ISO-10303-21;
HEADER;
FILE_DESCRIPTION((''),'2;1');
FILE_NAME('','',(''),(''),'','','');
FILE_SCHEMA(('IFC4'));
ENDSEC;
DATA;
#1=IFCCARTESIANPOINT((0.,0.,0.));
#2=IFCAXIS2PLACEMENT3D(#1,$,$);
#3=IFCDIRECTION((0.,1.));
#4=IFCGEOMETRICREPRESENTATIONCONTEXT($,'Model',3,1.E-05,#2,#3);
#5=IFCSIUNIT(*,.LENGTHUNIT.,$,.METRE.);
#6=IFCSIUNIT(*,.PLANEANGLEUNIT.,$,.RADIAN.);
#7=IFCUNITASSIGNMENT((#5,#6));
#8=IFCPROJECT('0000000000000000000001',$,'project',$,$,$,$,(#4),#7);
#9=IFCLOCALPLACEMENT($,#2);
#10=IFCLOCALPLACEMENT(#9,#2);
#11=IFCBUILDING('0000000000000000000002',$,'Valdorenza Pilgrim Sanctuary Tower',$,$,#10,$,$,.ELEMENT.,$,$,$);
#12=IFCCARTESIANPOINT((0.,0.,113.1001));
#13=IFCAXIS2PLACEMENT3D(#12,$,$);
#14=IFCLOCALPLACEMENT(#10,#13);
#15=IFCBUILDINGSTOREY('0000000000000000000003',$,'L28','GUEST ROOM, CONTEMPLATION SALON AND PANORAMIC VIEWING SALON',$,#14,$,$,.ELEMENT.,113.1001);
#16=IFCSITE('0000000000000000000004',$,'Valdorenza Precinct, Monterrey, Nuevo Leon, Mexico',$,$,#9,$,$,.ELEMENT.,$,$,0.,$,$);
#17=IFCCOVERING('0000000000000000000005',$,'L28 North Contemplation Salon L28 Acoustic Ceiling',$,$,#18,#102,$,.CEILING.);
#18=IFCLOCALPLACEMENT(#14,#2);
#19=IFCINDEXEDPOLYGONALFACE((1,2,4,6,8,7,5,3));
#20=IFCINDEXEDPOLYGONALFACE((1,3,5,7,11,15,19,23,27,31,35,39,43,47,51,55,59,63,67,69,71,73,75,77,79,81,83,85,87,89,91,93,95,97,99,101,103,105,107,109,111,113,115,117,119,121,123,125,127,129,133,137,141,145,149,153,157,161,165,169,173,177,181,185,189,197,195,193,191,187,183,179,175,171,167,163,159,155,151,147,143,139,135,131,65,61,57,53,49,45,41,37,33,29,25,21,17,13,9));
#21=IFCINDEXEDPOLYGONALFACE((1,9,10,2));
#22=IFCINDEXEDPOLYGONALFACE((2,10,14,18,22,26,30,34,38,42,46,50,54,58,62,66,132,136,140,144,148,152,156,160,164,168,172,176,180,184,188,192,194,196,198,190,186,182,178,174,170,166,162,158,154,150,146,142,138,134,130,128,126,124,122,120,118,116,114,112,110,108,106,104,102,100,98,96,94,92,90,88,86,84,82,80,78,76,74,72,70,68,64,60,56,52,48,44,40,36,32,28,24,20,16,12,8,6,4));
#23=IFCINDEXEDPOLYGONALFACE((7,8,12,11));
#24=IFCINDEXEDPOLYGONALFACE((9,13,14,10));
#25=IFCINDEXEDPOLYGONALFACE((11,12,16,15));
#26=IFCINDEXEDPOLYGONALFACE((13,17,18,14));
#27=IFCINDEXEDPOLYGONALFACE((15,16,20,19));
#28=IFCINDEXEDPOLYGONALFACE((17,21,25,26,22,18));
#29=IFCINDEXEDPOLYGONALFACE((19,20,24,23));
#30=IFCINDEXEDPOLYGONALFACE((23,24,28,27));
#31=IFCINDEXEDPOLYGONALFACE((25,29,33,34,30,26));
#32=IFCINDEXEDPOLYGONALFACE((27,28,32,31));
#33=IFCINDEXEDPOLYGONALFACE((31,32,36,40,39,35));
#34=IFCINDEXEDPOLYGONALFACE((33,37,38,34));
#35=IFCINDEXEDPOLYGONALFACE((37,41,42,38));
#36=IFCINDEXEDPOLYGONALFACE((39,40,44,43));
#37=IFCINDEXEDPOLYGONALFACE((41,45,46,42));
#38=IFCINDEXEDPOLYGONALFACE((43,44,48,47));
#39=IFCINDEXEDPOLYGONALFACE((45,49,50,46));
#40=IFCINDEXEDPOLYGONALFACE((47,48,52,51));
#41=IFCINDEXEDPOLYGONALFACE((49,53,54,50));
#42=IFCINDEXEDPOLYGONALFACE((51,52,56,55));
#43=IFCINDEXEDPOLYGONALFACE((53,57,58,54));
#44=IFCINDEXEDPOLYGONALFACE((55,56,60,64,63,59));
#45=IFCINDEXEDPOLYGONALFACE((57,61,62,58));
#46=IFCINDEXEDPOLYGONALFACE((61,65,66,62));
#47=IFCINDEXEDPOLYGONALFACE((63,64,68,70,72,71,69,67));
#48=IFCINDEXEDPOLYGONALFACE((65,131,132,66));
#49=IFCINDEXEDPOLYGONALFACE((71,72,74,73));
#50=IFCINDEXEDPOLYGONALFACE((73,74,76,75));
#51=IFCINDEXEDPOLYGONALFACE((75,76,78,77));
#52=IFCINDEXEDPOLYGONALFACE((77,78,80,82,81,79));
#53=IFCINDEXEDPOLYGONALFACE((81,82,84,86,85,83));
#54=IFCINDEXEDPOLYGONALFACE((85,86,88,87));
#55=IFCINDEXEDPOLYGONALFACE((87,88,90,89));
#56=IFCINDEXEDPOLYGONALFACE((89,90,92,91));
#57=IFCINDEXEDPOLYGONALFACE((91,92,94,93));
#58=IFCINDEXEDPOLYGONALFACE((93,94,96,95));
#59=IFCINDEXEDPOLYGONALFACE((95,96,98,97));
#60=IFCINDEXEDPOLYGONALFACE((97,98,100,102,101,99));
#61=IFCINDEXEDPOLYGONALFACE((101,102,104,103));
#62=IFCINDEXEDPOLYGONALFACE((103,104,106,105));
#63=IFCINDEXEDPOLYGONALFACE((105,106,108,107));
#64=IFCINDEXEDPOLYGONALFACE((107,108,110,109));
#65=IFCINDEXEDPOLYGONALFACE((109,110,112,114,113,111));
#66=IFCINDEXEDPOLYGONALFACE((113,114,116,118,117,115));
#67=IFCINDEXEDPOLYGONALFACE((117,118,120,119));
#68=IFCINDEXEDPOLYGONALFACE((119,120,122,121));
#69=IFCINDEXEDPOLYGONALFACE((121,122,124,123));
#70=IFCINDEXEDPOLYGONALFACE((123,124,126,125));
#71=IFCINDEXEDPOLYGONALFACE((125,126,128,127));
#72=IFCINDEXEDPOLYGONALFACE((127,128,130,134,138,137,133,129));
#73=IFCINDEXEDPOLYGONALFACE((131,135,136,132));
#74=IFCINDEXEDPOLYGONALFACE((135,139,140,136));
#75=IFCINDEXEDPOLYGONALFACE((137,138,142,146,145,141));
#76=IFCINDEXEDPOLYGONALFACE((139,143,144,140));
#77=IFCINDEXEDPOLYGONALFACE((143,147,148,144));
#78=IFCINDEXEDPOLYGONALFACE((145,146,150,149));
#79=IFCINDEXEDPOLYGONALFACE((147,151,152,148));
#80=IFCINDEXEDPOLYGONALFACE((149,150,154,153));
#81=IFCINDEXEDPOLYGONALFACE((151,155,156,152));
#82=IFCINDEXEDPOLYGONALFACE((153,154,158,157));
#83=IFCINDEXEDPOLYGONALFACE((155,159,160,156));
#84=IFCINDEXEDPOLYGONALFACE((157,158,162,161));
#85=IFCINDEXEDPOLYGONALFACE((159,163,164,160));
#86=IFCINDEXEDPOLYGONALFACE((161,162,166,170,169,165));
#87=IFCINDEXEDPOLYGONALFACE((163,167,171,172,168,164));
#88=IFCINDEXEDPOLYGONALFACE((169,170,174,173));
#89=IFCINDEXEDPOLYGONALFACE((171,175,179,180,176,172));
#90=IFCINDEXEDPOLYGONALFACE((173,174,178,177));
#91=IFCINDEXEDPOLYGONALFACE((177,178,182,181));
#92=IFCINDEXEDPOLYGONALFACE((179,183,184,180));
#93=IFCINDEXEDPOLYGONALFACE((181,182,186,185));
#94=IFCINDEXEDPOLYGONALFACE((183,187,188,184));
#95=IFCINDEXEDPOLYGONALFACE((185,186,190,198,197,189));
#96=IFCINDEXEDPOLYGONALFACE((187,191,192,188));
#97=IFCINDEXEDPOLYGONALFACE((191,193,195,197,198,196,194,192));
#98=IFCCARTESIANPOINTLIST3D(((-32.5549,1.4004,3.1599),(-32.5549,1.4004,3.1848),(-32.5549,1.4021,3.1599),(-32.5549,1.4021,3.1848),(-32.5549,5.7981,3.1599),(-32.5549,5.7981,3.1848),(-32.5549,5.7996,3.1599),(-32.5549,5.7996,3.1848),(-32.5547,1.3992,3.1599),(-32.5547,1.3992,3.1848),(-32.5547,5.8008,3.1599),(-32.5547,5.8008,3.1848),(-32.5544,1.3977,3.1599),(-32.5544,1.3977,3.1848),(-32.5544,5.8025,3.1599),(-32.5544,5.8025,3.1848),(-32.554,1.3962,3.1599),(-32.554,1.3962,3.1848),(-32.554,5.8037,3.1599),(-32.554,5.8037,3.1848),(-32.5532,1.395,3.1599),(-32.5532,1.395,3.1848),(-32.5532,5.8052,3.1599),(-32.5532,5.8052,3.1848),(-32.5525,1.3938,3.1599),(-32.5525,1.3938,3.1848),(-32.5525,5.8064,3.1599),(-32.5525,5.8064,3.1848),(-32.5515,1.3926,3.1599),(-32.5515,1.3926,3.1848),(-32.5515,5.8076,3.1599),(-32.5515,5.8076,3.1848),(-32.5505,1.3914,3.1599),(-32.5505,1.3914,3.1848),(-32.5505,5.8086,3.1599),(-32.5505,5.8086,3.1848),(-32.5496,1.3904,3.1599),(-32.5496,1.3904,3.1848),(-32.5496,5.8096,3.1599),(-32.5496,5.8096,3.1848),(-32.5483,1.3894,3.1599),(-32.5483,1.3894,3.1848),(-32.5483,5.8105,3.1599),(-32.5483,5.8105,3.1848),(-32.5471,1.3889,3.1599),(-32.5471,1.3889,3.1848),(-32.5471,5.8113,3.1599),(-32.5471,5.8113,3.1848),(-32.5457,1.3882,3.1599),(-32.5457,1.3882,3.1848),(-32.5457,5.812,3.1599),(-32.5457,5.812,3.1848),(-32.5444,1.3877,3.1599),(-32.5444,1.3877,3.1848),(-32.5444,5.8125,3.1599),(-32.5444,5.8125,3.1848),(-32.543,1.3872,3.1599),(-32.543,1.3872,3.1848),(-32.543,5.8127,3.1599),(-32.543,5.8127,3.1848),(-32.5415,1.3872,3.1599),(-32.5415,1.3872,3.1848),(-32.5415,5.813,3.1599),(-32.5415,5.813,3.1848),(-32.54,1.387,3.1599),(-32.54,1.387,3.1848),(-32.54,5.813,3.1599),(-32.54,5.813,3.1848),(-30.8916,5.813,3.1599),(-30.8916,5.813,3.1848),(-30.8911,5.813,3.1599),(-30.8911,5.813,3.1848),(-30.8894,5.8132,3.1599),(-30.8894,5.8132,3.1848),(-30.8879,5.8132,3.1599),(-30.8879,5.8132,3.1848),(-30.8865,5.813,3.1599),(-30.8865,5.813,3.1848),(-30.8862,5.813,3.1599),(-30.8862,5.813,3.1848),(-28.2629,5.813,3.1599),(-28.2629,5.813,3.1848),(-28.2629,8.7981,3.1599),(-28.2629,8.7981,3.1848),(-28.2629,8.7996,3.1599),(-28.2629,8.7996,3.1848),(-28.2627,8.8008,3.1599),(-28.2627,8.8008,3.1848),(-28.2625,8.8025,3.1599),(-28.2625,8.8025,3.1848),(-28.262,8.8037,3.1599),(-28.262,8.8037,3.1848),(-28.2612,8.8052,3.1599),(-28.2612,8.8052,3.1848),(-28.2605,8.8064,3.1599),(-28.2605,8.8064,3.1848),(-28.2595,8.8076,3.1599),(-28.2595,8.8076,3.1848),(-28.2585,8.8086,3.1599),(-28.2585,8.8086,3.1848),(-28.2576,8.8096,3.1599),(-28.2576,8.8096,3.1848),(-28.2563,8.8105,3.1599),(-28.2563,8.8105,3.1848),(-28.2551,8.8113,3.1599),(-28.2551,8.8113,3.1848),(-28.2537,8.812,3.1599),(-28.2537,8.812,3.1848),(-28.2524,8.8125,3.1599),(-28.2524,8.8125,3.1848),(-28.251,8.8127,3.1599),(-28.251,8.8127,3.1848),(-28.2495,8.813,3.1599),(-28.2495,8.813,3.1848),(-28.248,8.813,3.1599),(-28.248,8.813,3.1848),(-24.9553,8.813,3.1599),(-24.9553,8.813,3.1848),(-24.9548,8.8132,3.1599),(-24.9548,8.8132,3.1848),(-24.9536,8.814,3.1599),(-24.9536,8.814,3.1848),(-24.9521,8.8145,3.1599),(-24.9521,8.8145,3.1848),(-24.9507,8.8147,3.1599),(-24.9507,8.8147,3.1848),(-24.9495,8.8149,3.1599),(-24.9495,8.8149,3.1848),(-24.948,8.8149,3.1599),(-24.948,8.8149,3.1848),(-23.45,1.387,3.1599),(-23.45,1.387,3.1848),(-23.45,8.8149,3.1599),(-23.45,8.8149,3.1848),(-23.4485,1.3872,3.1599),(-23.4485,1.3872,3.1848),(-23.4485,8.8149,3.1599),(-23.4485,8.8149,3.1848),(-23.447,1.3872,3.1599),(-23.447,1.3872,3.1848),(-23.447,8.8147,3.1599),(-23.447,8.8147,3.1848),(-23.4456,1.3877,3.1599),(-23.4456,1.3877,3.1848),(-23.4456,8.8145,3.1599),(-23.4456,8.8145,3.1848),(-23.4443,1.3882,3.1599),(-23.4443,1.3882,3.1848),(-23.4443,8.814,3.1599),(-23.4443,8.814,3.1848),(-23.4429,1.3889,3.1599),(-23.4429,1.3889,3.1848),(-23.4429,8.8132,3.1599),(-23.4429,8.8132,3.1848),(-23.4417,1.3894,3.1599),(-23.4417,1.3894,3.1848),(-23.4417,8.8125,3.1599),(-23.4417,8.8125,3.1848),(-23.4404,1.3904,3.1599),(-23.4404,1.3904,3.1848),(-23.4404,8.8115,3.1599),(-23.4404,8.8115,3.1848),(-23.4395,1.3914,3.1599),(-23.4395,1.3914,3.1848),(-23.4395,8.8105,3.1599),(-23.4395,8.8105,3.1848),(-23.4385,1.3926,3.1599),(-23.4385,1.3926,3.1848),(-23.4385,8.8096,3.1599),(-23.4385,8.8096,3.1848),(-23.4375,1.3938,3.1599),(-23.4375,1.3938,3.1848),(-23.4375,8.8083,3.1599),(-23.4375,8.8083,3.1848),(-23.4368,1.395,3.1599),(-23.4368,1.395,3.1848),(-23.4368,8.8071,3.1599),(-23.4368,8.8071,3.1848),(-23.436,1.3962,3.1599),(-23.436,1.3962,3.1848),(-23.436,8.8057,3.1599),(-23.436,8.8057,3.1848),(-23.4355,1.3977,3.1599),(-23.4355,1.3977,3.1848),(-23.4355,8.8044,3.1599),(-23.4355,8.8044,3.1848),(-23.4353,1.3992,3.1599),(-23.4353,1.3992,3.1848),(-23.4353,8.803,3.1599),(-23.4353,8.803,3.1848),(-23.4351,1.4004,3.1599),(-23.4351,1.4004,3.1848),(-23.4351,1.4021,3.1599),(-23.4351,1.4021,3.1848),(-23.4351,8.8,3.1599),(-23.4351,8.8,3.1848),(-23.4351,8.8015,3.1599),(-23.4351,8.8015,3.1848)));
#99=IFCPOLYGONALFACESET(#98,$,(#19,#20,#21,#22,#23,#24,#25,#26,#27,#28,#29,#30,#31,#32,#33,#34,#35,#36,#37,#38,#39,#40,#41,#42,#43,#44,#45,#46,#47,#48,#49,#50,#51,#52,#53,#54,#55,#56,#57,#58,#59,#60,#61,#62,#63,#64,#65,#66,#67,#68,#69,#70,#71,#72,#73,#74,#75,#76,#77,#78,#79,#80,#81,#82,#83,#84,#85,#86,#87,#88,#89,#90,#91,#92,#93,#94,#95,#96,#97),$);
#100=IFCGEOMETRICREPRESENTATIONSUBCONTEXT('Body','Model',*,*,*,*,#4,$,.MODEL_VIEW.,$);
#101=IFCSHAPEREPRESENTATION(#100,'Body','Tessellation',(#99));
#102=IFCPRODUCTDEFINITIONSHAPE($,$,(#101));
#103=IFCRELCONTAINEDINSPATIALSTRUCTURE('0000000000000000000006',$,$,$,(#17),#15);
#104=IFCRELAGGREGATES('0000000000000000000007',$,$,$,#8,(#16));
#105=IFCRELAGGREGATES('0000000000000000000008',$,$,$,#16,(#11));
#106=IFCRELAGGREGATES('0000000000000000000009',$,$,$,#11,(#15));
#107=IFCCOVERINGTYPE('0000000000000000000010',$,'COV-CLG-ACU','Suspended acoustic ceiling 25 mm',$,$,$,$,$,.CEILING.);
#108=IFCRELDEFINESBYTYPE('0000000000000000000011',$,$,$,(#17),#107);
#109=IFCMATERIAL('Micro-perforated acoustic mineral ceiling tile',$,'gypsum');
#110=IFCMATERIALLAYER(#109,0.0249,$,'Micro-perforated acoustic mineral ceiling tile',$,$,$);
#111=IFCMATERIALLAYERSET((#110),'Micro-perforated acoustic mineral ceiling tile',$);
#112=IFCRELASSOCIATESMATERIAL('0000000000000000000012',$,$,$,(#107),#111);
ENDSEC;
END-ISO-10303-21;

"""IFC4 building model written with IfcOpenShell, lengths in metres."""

from ifc_helpers import new_model, si_unit, direction, frame, origin, place, context, subcontext, project, spatial, polyline, outline, extrude, material, layer, layer_set, type_object, element, save


model = new_model("IFC4")

# Units and contexts
model_context = context("Model", 3, precision=1e-05, world=origin(), true_north=direction((0.0, 1.0)))
body_context = subcontext(model_context, "Body", "Model", "MODEL_VIEW")
ifc_project = project(units=[si_unit("LENGTHUNIT", "METRE"), si_unit("PLANEANGLEUNIT", "RADIAN")], contexts=[model_context])

# Site, building, storey
site_placement = place(None, origin())
site = spatial("IfcSite", under=ifc_project, at=site_placement, Name="Valdorenza Precinct, Monterrey, Nuevo Leon, Mexico", CompositionType="ELEMENT", RefElevation=0.0)
building_placement = place(site_placement, origin())
building = spatial("IfcBuilding", under=site, at=building_placement, Name="Valdorenza Pilgrim Sanctuary Tower", CompositionType="ELEMENT")
storey_placement = place(building_placement, frame((0.0, 0.0, 113.1001)))
storey = spatial("IfcBuildingStorey", under=building, at=storey_placement, Name="L28", Description="GUEST ROOM, CONTEMPLATION SALON AND PANORAMIC VIEWING SALON", CompositionType="ELEMENT", Elevation=113.1001)

# Covering
ifc_material_1 = material(Name="Micro-perforated acoustic mineral ceiling tile", Category="gypsum")
ifc_layer_1 = layer(ifc_material_1, 0.0249, Name="Micro-perforated acoustic mineral ceiling tile")
ifc_layer_set_1 = layer_set([ifc_layer_1], Name="Micro-perforated acoustic mineral ceiling tile")
covering_type_1 = type_object("IfcCoveringType", Name="COV-CLG-ACU", Description="Suspended acoustic ceiling 25 mm", PredefinedType="CEILING", material=ifc_layer_set_1)
covering_1_placement = place(storey_placement, frame((0.0, 0.0, 3.1599)))
element("IfcCovering", 1, at=covering_1_placement, inside=storey, type_object=covering_type_1, Name="L28 North Contemplation Salon L28 Acoustic Ceiling", PredefinedType="CEILING", context=body_context, shape_type="SweptSolid", body=[
    extrude(outline(polyline([(-30.8916, 5.813), (-30.8911, 5.813), (-30.8894, 5.8132), (-30.8879, 5.8132), (-30.8865, 5.813), (-30.8862, 5.813), (-28.2629, 5.813), (-28.2629, 8.7981), (-28.2629, 8.7996), (-28.2627, 8.8008), (-28.2625, 8.8025), (-28.262, 8.8037), (-28.2612, 8.8052), (-28.2605, 8.8064), (-28.2595, 8.8076), (-28.2585, 8.8086), (-28.2576, 8.8096), (-28.2563, 8.8105), (-28.2551, 8.8113), (-28.2537, 8.812), (-28.2524, 8.8125), (-28.251, 8.8127), (-28.2495, 8.813), (-28.248, 8.813), (-24.9553, 8.813), (-24.9548, 8.8132), (-24.9536, 8.814), (-24.9521, 8.8145), (-24.9507, 8.8147), (-24.9495, 8.8149), (-24.948, 8.8149), (-23.45, 8.8149), (-23.4485, 8.8149), (-23.447, 8.8147), (-23.4456, 8.8145), (-23.4443, 8.814), (-23.4429, 8.8132), (-23.4417, 8.8125), (-23.4404, 8.8115), (-23.4395, 8.8105), (-23.4385, 8.8096), (-23.4375, 8.8083), (-23.4368, 8.8071), (-23.436, 8.8057), (-23.4355, 8.8044), (-23.4353, 8.803), (-23.4351, 8.8015), (-23.4351, 8.8), (-23.4351, 1.4021), (-23.4351, 1.4004), (-23.4353, 1.3992), (-23.4355, 1.3977), (-23.436, 1.3962), (-23.4368, 1.395), (-23.4375, 1.3938), (-23.4385, 1.3926), (-23.4395, 1.3914), (-23.4404, 1.3904), (-23.4417, 1.3894), (-23.4429, 1.3889), (-23.4443, 1.3882), (-23.4456, 1.3877), (-23.447, 1.3872), (-23.4485, 1.3872), (-23.45, 1.387), (-32.54, 1.387), (-32.5415, 1.3872), (-32.543, 1.3872), (-32.5444, 1.3877), (-32.5457, 1.3882), (-32.5471, 1.3889), (-32.5483, 1.3894), (-32.5496, 1.3904), (-32.5505, 1.3914), (-32.5515, 1.3926), (-32.5525, 1.3938), (-32.5532, 1.395), (-32.554, 1.3962), (-32.5544, 1.3977), (-32.5547, 1.3992), (-32.5549, 1.4004), (-32.5549, 1.4021), (-32.5549, 5.7981), (-32.5549, 5.7996), (-32.5547, 5.8008), (-32.5544, 5.8025), (-32.554, 5.8037), (-32.5532, 5.8052), (-32.5525, 5.8064), (-32.5515, 5.8076), (-32.5505, 5.8086), (-32.5496, 5.8096), (-32.5483, 5.8105), (-32.5471, 5.8113), (-32.5457, 5.812), (-32.5444, 5.8125), (-32.543, 5.8127), (-32.5415, 5.813), (-32.54, 5.813), (-30.8916, 5.813)])), origin(), (0.0, 0.0, 1.0), 0.0249),
])

save(model, "model.ifc")
